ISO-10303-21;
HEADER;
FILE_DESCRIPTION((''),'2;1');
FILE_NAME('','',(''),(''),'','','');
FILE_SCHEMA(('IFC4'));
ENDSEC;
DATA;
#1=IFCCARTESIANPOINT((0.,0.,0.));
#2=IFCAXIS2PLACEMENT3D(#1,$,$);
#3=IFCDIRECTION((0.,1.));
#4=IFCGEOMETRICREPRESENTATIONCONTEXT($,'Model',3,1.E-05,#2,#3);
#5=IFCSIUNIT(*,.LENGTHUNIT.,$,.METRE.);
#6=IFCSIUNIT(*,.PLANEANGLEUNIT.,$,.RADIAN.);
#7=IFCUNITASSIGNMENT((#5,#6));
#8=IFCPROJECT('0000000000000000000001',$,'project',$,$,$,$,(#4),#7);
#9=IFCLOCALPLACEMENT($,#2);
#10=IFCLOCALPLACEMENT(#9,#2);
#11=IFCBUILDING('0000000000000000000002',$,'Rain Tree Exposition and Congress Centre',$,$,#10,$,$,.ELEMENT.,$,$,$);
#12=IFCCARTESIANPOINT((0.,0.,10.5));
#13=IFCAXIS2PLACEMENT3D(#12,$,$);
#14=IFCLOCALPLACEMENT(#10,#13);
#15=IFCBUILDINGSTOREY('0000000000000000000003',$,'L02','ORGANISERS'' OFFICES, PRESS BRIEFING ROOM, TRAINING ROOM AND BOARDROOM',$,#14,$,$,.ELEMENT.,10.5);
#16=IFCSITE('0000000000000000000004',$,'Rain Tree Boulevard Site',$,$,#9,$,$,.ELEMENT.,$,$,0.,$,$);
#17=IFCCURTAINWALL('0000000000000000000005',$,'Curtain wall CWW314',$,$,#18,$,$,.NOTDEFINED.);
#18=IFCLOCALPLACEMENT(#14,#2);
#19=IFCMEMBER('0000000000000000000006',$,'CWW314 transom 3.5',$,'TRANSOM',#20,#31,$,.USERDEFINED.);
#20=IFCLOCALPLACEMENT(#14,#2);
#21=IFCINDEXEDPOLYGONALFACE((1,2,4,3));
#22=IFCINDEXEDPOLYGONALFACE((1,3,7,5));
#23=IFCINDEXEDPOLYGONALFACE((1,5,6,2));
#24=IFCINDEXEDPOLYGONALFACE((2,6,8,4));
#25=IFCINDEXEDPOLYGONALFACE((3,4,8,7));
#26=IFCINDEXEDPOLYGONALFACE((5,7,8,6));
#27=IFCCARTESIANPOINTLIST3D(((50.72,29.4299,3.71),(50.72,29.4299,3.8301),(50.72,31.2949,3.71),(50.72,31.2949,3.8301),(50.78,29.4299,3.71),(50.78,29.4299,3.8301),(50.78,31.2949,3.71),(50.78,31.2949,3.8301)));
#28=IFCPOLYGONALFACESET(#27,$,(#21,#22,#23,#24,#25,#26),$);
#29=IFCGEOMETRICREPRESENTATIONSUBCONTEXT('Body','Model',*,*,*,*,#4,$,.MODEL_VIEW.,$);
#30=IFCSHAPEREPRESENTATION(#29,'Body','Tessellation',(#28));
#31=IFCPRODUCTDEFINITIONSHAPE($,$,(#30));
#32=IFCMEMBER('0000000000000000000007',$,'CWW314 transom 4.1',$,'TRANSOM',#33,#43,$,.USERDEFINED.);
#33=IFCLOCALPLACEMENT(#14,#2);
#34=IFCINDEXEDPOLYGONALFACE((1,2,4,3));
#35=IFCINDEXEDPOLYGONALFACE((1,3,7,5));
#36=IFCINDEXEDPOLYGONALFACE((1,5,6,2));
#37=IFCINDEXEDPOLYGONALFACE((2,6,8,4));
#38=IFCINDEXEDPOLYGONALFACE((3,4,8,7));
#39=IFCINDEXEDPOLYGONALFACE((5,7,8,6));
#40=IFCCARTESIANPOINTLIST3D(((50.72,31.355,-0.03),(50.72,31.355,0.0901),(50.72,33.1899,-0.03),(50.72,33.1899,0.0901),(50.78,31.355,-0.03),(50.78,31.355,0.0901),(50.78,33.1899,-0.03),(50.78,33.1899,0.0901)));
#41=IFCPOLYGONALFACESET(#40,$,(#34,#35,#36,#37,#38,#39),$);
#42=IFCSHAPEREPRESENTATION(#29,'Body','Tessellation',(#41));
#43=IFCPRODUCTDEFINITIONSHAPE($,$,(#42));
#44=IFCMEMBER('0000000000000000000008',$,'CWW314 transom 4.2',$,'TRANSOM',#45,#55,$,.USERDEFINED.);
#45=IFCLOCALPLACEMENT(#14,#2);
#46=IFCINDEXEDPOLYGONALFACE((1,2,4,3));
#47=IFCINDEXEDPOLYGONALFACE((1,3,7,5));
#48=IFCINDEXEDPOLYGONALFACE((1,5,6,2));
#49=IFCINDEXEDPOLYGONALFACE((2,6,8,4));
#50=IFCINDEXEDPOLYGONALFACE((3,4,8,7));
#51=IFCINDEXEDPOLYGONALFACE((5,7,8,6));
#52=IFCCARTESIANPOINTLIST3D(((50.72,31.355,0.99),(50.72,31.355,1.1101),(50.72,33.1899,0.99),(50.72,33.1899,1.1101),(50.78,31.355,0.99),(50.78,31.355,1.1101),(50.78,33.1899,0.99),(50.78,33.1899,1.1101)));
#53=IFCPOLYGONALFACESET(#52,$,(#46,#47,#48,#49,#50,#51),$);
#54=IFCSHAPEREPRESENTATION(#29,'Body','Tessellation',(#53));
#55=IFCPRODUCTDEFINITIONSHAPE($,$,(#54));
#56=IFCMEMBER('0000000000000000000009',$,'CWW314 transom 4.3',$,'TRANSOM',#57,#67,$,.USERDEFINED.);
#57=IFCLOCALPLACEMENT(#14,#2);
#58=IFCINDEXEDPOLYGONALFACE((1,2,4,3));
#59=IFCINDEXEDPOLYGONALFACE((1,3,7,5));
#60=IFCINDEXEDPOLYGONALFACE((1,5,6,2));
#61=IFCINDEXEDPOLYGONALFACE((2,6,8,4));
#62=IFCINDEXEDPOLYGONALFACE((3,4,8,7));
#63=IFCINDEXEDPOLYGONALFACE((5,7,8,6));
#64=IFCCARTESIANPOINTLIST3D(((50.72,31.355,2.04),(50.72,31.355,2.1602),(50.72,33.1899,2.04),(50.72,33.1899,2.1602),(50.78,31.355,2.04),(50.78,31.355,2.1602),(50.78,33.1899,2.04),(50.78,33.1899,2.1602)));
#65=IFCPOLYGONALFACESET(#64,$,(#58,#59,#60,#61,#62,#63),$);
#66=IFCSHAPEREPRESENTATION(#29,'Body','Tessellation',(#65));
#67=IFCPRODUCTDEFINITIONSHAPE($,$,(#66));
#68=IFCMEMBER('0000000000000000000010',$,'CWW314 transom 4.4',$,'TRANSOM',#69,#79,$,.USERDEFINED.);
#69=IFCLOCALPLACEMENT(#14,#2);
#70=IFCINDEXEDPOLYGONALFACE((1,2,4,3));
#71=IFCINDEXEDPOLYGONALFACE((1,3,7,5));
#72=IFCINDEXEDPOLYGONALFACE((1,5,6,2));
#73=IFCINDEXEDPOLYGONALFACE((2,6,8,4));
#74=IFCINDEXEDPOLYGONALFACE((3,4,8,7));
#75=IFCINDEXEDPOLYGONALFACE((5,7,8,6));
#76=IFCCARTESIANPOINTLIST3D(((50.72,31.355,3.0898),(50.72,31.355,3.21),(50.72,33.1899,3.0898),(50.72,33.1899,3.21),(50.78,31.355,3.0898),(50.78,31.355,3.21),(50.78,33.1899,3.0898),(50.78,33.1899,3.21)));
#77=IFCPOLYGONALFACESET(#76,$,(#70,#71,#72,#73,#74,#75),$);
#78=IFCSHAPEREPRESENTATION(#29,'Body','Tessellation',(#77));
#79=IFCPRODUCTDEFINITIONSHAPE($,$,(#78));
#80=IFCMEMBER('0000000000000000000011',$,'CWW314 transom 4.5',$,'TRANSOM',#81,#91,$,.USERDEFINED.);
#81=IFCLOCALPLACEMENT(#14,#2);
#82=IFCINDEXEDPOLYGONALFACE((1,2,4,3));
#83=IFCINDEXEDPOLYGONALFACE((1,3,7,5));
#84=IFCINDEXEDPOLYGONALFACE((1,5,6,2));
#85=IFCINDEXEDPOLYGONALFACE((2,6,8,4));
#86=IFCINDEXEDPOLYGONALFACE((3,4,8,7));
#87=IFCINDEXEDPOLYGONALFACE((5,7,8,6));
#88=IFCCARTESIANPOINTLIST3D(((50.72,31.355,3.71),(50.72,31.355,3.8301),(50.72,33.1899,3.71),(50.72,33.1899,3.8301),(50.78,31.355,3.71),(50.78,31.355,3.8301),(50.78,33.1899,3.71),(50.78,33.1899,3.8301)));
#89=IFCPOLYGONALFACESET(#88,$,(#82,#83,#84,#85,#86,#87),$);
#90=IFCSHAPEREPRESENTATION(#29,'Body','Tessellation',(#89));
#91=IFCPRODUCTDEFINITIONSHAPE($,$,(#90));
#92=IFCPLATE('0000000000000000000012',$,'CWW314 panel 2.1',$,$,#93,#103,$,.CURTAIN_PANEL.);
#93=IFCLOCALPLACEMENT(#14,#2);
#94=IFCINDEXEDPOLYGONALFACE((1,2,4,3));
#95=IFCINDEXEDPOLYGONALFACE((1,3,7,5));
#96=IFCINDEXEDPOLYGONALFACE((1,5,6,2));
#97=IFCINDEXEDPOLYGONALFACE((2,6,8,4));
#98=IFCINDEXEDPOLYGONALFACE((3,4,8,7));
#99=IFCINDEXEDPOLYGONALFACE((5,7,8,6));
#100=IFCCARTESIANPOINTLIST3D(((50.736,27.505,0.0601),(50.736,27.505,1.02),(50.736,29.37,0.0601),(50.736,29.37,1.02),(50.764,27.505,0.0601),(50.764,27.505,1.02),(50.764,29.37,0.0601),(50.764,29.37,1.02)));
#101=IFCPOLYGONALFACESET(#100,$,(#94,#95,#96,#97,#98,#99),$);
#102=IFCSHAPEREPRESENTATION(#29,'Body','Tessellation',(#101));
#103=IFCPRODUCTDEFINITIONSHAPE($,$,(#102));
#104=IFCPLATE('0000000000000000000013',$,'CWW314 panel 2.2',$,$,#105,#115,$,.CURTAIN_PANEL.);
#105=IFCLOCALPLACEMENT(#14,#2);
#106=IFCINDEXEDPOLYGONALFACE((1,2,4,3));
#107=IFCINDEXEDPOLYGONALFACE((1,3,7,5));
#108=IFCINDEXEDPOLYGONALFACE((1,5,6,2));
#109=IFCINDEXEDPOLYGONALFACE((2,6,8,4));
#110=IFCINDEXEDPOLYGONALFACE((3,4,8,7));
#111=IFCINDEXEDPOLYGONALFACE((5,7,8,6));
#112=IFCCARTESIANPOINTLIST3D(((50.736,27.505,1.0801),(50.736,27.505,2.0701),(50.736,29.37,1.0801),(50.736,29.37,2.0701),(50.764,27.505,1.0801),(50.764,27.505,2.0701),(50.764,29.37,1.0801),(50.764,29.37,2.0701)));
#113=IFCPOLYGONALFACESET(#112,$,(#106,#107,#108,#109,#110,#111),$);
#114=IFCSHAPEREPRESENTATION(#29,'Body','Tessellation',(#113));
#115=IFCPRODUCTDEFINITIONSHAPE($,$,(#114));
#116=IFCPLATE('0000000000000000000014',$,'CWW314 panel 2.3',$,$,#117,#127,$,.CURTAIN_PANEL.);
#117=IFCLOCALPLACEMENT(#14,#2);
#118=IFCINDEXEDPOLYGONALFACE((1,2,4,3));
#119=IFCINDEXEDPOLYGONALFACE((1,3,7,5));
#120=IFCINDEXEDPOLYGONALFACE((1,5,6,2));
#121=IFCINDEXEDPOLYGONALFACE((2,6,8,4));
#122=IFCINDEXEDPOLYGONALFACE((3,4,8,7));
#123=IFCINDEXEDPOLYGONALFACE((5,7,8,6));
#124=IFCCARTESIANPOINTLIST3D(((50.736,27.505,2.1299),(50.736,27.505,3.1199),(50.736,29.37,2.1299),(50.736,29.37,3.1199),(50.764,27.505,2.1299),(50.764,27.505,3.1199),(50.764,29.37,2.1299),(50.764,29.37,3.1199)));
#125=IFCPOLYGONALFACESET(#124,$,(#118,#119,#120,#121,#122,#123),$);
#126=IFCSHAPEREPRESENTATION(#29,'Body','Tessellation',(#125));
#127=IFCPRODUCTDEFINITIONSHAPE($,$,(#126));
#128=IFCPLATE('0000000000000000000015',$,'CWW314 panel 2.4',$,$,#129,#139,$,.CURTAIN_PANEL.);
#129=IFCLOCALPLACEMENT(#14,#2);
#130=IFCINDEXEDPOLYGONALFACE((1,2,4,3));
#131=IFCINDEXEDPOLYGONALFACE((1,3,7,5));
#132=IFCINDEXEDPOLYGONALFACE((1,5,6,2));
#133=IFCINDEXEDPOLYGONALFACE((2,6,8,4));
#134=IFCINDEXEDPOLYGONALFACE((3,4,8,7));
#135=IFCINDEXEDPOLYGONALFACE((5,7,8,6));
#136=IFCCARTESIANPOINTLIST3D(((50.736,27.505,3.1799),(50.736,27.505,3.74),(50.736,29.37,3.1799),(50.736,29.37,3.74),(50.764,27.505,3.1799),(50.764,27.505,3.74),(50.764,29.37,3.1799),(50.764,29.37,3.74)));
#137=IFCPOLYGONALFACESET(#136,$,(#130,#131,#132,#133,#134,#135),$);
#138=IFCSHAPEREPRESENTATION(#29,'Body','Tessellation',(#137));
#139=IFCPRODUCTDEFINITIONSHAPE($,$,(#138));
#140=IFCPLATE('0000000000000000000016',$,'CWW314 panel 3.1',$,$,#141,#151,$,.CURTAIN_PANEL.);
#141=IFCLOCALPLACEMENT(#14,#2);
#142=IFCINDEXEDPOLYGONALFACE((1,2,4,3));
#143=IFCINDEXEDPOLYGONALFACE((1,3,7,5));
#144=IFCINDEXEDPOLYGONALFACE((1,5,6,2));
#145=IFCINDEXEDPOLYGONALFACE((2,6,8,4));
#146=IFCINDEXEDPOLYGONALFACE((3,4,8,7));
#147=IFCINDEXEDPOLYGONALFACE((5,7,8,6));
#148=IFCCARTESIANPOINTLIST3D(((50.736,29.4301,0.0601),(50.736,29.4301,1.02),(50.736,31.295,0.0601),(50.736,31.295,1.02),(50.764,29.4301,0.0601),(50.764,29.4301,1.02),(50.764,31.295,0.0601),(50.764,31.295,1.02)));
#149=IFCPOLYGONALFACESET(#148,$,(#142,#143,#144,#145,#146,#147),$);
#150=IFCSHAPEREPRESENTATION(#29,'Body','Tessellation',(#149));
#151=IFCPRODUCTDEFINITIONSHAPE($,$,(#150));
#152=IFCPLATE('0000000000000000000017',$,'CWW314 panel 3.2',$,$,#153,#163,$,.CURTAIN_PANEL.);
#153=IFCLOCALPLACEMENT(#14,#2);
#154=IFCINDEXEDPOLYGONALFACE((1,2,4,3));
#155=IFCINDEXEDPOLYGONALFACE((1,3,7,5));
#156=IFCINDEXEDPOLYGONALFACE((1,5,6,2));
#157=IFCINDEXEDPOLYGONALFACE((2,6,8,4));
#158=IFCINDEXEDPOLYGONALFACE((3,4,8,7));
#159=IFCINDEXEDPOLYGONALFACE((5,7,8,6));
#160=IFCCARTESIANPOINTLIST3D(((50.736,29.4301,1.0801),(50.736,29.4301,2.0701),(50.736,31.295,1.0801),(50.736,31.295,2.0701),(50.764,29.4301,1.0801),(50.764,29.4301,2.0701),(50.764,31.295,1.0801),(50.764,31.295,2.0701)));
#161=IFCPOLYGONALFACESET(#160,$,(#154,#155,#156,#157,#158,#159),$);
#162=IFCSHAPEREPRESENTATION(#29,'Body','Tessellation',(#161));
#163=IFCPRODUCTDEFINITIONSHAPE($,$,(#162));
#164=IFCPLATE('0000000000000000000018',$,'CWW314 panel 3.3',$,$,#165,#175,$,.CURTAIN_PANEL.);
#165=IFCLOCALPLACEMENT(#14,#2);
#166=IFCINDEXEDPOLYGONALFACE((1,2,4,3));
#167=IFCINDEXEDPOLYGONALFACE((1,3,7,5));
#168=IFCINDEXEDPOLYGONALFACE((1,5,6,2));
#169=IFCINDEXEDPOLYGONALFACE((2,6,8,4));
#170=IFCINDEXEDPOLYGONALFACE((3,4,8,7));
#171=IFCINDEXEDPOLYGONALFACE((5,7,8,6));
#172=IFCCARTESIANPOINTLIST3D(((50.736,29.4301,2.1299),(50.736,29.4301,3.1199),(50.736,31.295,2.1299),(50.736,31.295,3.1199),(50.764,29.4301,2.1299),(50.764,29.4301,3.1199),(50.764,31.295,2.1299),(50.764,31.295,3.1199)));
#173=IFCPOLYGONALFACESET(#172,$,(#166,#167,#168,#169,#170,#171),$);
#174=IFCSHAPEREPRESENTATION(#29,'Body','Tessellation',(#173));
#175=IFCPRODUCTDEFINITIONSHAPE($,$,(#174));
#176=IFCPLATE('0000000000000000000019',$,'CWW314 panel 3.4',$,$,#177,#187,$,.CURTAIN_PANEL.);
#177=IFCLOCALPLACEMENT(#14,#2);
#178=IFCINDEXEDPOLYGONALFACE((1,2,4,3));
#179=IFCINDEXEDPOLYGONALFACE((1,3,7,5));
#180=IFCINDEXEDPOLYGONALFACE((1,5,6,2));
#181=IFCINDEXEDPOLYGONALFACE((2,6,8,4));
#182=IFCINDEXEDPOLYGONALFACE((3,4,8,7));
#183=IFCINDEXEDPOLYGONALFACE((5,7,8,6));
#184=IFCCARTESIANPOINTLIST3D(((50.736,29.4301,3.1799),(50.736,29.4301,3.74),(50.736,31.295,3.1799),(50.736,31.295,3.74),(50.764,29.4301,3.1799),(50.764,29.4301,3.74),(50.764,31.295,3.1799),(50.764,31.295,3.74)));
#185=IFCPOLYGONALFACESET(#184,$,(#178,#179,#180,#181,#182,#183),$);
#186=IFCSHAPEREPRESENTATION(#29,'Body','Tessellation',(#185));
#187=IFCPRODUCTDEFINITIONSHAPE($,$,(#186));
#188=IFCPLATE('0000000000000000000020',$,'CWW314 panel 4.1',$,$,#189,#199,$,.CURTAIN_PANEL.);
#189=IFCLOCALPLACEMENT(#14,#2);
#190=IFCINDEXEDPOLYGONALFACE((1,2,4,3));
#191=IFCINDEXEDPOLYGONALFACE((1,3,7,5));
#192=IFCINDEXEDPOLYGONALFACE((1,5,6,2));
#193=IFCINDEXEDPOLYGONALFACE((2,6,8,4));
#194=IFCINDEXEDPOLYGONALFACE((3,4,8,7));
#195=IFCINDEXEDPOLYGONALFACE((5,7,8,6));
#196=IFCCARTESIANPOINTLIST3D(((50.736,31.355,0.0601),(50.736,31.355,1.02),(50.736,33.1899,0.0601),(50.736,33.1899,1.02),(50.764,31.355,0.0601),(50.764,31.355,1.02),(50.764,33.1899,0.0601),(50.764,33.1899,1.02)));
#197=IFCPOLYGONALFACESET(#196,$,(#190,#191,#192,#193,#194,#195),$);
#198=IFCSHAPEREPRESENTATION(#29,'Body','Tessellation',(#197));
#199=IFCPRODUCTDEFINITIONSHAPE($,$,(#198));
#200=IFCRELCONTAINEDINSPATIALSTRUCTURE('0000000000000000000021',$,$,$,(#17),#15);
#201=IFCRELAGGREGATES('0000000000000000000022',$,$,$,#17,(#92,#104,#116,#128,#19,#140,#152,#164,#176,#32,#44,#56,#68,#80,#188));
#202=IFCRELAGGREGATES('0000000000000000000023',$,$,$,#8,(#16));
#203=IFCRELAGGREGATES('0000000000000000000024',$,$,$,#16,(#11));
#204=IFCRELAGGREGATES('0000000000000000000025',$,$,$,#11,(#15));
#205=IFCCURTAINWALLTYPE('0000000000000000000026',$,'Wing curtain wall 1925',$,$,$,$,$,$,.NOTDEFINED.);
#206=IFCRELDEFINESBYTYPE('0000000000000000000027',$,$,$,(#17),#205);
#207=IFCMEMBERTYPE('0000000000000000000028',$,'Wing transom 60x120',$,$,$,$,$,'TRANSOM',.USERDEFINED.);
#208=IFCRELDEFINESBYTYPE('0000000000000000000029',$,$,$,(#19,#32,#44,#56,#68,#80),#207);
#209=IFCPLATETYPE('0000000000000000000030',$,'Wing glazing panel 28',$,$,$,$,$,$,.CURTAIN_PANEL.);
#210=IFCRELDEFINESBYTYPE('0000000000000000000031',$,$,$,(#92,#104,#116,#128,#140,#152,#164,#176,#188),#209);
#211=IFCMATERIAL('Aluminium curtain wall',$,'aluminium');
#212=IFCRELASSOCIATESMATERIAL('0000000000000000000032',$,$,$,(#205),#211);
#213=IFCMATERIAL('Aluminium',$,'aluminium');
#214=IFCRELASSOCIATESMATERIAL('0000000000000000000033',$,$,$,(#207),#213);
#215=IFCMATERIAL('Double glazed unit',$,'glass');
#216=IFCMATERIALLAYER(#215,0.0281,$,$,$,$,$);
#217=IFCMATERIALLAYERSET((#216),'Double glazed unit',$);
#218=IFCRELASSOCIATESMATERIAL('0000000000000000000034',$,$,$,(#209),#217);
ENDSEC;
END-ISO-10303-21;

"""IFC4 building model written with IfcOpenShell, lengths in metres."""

from ifc_helpers import new_model, si_unit, direction, frame, origin, origin_2d, place, context, subcontext, project, spatial, rectangle, extrude, material, layer, layer_set, material_profile, profile_set, type_object, element, aggregate, save


model = new_model("IFC4")

# Units and contexts
model_context = context("Model", 3, precision=1e-05, world=origin(), true_north=direction((0.0, 1.0)))
body_context = subcontext(model_context, "Body", "Model", "MODEL_VIEW")
ifc_project = project(units=[si_unit("LENGTHUNIT", "METRE"), si_unit("PLANEANGLEUNIT", "RADIAN")], contexts=[model_context])

# Site, building, storey
site_placement = place(None, origin())
site = spatial("IfcSite", under=ifc_project, at=site_placement, Name="Rain Tree Boulevard Site", CompositionType="ELEMENT", RefElevation=0.0)
building_placement = place(site_placement, origin())
building = spatial("IfcBuilding", under=site, at=building_placement, Name="Rain Tree Exposition and Congress Centre", CompositionType="ELEMENT")
storey_placement = place(building_placement, frame((0.0, 0.0, 10.5)))
storey = spatial("IfcBuildingStorey", under=building, at=storey_placement, Name="L02", Description="ORGANISERS' OFFICES, PRESS BRIEFING ROOM, TRAINING ROOM AND BOARDROOM", CompositionType="ELEMENT", Elevation=10.5)

# Curtain wall, members, plates
ifc_material_1 = material(Name="Aluminium curtain wall", Category="aluminium")
curtain_wall_type = type_object("IfcCurtainWallType", Name="Wing curtain wall 1925", PredefinedType="NOTDEFINED", material=ifc_material_1)
curtain_wall_placement = place(storey_placement, origin())
curtain_wall = element("IfcCurtainWall", 1, at=curtain_wall_placement, inside=storey, type_object=curtain_wall_type, Name="Curtain wall CWW314", PredefinedType="NOTDEFINED")
ifc_material_2 = material(Name="Aluminium", Category="aluminium")
ifc_material_profile_1 = material_profile(ifc_material_2, rectangle(XDim=0.0601, YDim=0.1201, at=origin_2d()), Name="Aluminium 60x120")
ifc_profile_set_1 = profile_set([ifc_material_profile_1], Name="Aluminium")
member_type_1 = type_object("IfcMemberType", Name="Wing transom 60x120", ElementType="TRANSOM", PredefinedType="USERDEFINED", material=ifc_profile_set_1)
member_1_placement = place(storey_placement, frame((50.75, 29.4299, 3.77), z_axis=(0.0, 1.0, 0.0), x_axis=(-1.0, 0.0, 0.0)))
member_1 = element("IfcMember", 2, at=member_1_placement, type_object=member_type_1, Name="CWW314 transom 3.5", ObjectType="TRANSOM", PredefinedType="USERDEFINED", context=body_context, shape_type="SweptSolid", body=[
    extrude(rectangle(XDim=0.0601, YDim=0.1201, at=origin_2d()), origin(), (0.0, 0.0, 1.0), 1.865),
])
member_2_placement = place(storey_placement, frame((50.75, 31.355, 0.03), z_axis=(0.0, 1.0, 0.0), x_axis=(-1.0, 0.0, 0.0)))
member_2 = element("IfcMember", 3, at=member_2_placement, type_object=member_type_1, Name="CWW314 transom 4.1", ObjectType="TRANSOM", PredefinedType="USERDEFINED", context=body_context, shape_type="SweptSolid", body=[
    extrude(rectangle(XDim=0.0601, YDim=0.1201, at=origin_2d()), origin(), (0.0, 0.0, 1.0), 1.835),
])
member_3_placement = place(storey_placement, frame((50.75, 31.355, 1.05), z_axis=(0.0, 1.0, 0.0), x_axis=(-1.0, 0.0, 0.0)))
member_3 = element("IfcMember", 4, at=member_3_placement, type_object=member_type_1, Name="CWW314 transom 4.2", ObjectType="TRANSOM", PredefinedType="USERDEFINED", context=body_context, shape_type="SweptSolid", body=[
    extrude(rectangle(XDim=0.0601, YDim=0.1201, at=origin_2d()), origin(), (0.0, 0.0, 1.0), 1.835),
])
member_4_placement = place(storey_placement, frame((50.75, 31.355, 2.1001), z_axis=(0.0, 1.0, 0.0), x_axis=(-1.0, 0.0, 0.0)))
member_4 = element("IfcMember", 5, at=member_4_placement, type_object=member_type_1, Name="CWW314 transom 4.3", ObjectType="TRANSOM", PredefinedType="USERDEFINED", context=body_context, shape_type="SweptSolid", body=[
    extrude(rectangle(XDim=0.0601, YDim=0.1201, at=origin_2d()), origin(), (0.0, 0.0, 1.0), 1.835),
])
member_5_placement = place(storey_placement, frame((50.75, 31.355, 3.1499), z_axis=(0.0, 1.0, 0.0), x_axis=(-1.0, 0.0, 0.0)))
member_5 = element("IfcMember", 6, at=member_5_placement, type_object=member_type_1, Name="CWW314 transom 4.4", ObjectType="TRANSOM", PredefinedType="USERDEFINED", context=body_context, shape_type="SweptSolid", body=[
    extrude(rectangle(XDim=0.0601, YDim=0.1201, at=origin_2d()), origin(), (0.0, 0.0, 1.0), 1.835),
])
member_6_placement = place(storey_placement, frame((50.75, 31.355, 3.77), z_axis=(0.0, 1.0, 0.0), x_axis=(-1.0, 0.0, 0.0)))
member_6 = element("IfcMember", 7, at=member_6_placement, type_object=member_type_1, Name="CWW314 transom 4.5", ObjectType="TRANSOM", PredefinedType="USERDEFINED", context=body_context, shape_type="SweptSolid", body=[
    extrude(rectangle(XDim=0.0601, YDim=0.1201, at=origin_2d()), origin(), (0.0, 0.0, 1.0), 1.835),
])
ifc_material_3 = material(Name="Double glazed unit", Category="glass")
ifc_layer_1 = layer(ifc_material_3, 0.0281)
ifc_layer_set_1 = layer_set([ifc_layer_1], Name="Double glazed unit")
plate_type = type_object("IfcPlateType", Name="Wing glazing panel 28", PredefinedType="CURTAIN_PANEL", material=ifc_layer_set_1)
plate_1_placement = place(storey_placement, frame((50.75, 28.4375, 0.0601), z_axis=(0.0, 0.0, 1.0), x_axis=(0.0, 1.0, 0.0)))
plate_1 = element("IfcPlate", 8, at=plate_1_placement, type_object=plate_type, Name="CWW314 panel 2.1", PredefinedType="CURTAIN_PANEL", context=body_context, shape_type="SweptSolid", body=[
    extrude(rectangle(XDim=1.865, YDim=0.0281, at=origin_2d()), origin(), (0.0, 0.0, 1.0), 0.96),
])
plate_2_placement = place(storey_placement, frame((50.75, 28.4375, 1.0801), z_axis=(0.0, 0.0, 1.0), x_axis=(0.0, 1.0, 0.0)))
plate_2 = element("IfcPlate", 9, at=plate_2_placement, type_object=plate_type, Name="CWW314 panel 2.2", PredefinedType="CURTAIN_PANEL", context=body_context, shape_type="SweptSolid", body=[
    extrude(rectangle(XDim=1.865, YDim=0.0281, at=origin_2d()), origin(), (0.0, 0.0, 1.0), 0.99),
])
plate_3_placement = place(storey_placement, frame((50.75, 28.4375, 2.1299), z_axis=(0.0, 0.0, 1.0), x_axis=(0.0, 1.0, 0.0)))
plate_3 = element("IfcPlate", 10, at=plate_3_placement, type_object=plate_type, Name="CWW314 panel 2.3", PredefinedType="CURTAIN_PANEL", context=body_context, shape_type="SweptSolid", body=[
    extrude(rectangle(XDim=1.865, YDim=0.0281, at=origin_2d()), origin(), (0.0, 0.0, 1.0), 0.99),
])
plate_4_placement = place(storey_placement, frame((50.75, 28.4375, 3.1799), z_axis=(0.0, 0.0, 1.0), x_axis=(0.0, 1.0, 0.0)))
plate_4 = element("IfcPlate", 11, at=plate_4_placement, type_object=plate_type, Name="CWW314 panel 2.4", PredefinedType="CURTAIN_PANEL", context=body_context, shape_type="SweptSolid", body=[
    extrude(rectangle(XDim=1.865, YDim=0.0281, at=origin_2d()), origin(), (0.0, 0.0, 1.0), 0.5601),
])
plate_5_placement = place(storey_placement, frame((50.75, 30.3625, 0.0601), z_axis=(0.0, 0.0, 1.0), x_axis=(0.0, 1.0, 0.0)))
plate_5 = element("IfcPlate", 12, at=plate_5_placement, type_object=plate_type, Name="CWW314 panel 3.1", PredefinedType="CURTAIN_PANEL", context=body_context, shape_type="SweptSolid", body=[
    extrude(rectangle(XDim=1.865, YDim=0.0281, at=origin_2d()), origin(), (0.0, 0.0, 1.0), 0.96),
])
plate_6_placement = place(storey_placement, frame((50.75, 30.3625, 1.0801), z_axis=(0.0, 0.0, 1.0), x_axis=(0.0, 1.0, 0.0)))
plate_6 = element("IfcPlate", 13, at=plate_6_placement, type_object=plate_type, Name="CWW314 panel 3.2", PredefinedType="CURTAIN_PANEL", context=body_context, shape_type="SweptSolid", body=[
    extrude(rectangle(XDim=1.865, YDim=0.0281, at=origin_2d()), origin(), (0.0, 0.0, 1.0), 0.99),
])
plate_7_placement = place(storey_placement, frame((50.75, 30.3625, 2.1299), z_axis=(0.0, 0.0, 1.0), x_axis=(0.0, 1.0, 0.0)))
plate_7 = element("IfcPlate", 14, at=plate_7_placement, type_object=plate_type, Name="CWW314 panel 3.3", PredefinedType="CURTAIN_PANEL", context=body_context, shape_type="SweptSolid", body=[
    extrude(rectangle(XDim=1.865, YDim=0.0281, at=origin_2d()), origin(), (0.0, 0.0, 1.0), 0.99),
])
plate_8_placement = place(storey_placement, frame((50.75, 30.3625, 3.1799), z_axis=(0.0, 0.0, 1.0), x_axis=(0.0, 1.0, 0.0)))
plate_8 = element("IfcPlate", 15, at=plate_8_placement, type_object=plate_type, Name="CWW314 panel 3.4", PredefinedType="CURTAIN_PANEL", context=body_context, shape_type="SweptSolid", body=[
    extrude(rectangle(XDim=1.865, YDim=0.0281, at=origin_2d()), origin(), (0.0, 0.0, 1.0), 0.5601),
])
plate_9_placement = place(storey_placement, frame((50.75, 32.2725, 0.0601), z_axis=(0.0, 0.0, 1.0), x_axis=(0.0, 1.0, 0.0)))
plate_9 = element("IfcPlate", 16, at=plate_9_placement, type_object=plate_type, Name="CWW314 panel 4.1", PredefinedType="CURTAIN_PANEL", context=body_context, shape_type="SweptSolid", body=[
    extrude(rectangle(XDim=1.835, YDim=0.0281, at=origin_2d()), origin(), (0.0, 0.0, 1.0), 0.96),
])
aggregate(curtain_wall, [plate_1, plate_2, plate_3, plate_4, member_1, plate_5, plate_6, plate_7, plate_8, member_2, member_3, member_4, member_5, member_6, plate_9])

save(model, "model.ifc")
